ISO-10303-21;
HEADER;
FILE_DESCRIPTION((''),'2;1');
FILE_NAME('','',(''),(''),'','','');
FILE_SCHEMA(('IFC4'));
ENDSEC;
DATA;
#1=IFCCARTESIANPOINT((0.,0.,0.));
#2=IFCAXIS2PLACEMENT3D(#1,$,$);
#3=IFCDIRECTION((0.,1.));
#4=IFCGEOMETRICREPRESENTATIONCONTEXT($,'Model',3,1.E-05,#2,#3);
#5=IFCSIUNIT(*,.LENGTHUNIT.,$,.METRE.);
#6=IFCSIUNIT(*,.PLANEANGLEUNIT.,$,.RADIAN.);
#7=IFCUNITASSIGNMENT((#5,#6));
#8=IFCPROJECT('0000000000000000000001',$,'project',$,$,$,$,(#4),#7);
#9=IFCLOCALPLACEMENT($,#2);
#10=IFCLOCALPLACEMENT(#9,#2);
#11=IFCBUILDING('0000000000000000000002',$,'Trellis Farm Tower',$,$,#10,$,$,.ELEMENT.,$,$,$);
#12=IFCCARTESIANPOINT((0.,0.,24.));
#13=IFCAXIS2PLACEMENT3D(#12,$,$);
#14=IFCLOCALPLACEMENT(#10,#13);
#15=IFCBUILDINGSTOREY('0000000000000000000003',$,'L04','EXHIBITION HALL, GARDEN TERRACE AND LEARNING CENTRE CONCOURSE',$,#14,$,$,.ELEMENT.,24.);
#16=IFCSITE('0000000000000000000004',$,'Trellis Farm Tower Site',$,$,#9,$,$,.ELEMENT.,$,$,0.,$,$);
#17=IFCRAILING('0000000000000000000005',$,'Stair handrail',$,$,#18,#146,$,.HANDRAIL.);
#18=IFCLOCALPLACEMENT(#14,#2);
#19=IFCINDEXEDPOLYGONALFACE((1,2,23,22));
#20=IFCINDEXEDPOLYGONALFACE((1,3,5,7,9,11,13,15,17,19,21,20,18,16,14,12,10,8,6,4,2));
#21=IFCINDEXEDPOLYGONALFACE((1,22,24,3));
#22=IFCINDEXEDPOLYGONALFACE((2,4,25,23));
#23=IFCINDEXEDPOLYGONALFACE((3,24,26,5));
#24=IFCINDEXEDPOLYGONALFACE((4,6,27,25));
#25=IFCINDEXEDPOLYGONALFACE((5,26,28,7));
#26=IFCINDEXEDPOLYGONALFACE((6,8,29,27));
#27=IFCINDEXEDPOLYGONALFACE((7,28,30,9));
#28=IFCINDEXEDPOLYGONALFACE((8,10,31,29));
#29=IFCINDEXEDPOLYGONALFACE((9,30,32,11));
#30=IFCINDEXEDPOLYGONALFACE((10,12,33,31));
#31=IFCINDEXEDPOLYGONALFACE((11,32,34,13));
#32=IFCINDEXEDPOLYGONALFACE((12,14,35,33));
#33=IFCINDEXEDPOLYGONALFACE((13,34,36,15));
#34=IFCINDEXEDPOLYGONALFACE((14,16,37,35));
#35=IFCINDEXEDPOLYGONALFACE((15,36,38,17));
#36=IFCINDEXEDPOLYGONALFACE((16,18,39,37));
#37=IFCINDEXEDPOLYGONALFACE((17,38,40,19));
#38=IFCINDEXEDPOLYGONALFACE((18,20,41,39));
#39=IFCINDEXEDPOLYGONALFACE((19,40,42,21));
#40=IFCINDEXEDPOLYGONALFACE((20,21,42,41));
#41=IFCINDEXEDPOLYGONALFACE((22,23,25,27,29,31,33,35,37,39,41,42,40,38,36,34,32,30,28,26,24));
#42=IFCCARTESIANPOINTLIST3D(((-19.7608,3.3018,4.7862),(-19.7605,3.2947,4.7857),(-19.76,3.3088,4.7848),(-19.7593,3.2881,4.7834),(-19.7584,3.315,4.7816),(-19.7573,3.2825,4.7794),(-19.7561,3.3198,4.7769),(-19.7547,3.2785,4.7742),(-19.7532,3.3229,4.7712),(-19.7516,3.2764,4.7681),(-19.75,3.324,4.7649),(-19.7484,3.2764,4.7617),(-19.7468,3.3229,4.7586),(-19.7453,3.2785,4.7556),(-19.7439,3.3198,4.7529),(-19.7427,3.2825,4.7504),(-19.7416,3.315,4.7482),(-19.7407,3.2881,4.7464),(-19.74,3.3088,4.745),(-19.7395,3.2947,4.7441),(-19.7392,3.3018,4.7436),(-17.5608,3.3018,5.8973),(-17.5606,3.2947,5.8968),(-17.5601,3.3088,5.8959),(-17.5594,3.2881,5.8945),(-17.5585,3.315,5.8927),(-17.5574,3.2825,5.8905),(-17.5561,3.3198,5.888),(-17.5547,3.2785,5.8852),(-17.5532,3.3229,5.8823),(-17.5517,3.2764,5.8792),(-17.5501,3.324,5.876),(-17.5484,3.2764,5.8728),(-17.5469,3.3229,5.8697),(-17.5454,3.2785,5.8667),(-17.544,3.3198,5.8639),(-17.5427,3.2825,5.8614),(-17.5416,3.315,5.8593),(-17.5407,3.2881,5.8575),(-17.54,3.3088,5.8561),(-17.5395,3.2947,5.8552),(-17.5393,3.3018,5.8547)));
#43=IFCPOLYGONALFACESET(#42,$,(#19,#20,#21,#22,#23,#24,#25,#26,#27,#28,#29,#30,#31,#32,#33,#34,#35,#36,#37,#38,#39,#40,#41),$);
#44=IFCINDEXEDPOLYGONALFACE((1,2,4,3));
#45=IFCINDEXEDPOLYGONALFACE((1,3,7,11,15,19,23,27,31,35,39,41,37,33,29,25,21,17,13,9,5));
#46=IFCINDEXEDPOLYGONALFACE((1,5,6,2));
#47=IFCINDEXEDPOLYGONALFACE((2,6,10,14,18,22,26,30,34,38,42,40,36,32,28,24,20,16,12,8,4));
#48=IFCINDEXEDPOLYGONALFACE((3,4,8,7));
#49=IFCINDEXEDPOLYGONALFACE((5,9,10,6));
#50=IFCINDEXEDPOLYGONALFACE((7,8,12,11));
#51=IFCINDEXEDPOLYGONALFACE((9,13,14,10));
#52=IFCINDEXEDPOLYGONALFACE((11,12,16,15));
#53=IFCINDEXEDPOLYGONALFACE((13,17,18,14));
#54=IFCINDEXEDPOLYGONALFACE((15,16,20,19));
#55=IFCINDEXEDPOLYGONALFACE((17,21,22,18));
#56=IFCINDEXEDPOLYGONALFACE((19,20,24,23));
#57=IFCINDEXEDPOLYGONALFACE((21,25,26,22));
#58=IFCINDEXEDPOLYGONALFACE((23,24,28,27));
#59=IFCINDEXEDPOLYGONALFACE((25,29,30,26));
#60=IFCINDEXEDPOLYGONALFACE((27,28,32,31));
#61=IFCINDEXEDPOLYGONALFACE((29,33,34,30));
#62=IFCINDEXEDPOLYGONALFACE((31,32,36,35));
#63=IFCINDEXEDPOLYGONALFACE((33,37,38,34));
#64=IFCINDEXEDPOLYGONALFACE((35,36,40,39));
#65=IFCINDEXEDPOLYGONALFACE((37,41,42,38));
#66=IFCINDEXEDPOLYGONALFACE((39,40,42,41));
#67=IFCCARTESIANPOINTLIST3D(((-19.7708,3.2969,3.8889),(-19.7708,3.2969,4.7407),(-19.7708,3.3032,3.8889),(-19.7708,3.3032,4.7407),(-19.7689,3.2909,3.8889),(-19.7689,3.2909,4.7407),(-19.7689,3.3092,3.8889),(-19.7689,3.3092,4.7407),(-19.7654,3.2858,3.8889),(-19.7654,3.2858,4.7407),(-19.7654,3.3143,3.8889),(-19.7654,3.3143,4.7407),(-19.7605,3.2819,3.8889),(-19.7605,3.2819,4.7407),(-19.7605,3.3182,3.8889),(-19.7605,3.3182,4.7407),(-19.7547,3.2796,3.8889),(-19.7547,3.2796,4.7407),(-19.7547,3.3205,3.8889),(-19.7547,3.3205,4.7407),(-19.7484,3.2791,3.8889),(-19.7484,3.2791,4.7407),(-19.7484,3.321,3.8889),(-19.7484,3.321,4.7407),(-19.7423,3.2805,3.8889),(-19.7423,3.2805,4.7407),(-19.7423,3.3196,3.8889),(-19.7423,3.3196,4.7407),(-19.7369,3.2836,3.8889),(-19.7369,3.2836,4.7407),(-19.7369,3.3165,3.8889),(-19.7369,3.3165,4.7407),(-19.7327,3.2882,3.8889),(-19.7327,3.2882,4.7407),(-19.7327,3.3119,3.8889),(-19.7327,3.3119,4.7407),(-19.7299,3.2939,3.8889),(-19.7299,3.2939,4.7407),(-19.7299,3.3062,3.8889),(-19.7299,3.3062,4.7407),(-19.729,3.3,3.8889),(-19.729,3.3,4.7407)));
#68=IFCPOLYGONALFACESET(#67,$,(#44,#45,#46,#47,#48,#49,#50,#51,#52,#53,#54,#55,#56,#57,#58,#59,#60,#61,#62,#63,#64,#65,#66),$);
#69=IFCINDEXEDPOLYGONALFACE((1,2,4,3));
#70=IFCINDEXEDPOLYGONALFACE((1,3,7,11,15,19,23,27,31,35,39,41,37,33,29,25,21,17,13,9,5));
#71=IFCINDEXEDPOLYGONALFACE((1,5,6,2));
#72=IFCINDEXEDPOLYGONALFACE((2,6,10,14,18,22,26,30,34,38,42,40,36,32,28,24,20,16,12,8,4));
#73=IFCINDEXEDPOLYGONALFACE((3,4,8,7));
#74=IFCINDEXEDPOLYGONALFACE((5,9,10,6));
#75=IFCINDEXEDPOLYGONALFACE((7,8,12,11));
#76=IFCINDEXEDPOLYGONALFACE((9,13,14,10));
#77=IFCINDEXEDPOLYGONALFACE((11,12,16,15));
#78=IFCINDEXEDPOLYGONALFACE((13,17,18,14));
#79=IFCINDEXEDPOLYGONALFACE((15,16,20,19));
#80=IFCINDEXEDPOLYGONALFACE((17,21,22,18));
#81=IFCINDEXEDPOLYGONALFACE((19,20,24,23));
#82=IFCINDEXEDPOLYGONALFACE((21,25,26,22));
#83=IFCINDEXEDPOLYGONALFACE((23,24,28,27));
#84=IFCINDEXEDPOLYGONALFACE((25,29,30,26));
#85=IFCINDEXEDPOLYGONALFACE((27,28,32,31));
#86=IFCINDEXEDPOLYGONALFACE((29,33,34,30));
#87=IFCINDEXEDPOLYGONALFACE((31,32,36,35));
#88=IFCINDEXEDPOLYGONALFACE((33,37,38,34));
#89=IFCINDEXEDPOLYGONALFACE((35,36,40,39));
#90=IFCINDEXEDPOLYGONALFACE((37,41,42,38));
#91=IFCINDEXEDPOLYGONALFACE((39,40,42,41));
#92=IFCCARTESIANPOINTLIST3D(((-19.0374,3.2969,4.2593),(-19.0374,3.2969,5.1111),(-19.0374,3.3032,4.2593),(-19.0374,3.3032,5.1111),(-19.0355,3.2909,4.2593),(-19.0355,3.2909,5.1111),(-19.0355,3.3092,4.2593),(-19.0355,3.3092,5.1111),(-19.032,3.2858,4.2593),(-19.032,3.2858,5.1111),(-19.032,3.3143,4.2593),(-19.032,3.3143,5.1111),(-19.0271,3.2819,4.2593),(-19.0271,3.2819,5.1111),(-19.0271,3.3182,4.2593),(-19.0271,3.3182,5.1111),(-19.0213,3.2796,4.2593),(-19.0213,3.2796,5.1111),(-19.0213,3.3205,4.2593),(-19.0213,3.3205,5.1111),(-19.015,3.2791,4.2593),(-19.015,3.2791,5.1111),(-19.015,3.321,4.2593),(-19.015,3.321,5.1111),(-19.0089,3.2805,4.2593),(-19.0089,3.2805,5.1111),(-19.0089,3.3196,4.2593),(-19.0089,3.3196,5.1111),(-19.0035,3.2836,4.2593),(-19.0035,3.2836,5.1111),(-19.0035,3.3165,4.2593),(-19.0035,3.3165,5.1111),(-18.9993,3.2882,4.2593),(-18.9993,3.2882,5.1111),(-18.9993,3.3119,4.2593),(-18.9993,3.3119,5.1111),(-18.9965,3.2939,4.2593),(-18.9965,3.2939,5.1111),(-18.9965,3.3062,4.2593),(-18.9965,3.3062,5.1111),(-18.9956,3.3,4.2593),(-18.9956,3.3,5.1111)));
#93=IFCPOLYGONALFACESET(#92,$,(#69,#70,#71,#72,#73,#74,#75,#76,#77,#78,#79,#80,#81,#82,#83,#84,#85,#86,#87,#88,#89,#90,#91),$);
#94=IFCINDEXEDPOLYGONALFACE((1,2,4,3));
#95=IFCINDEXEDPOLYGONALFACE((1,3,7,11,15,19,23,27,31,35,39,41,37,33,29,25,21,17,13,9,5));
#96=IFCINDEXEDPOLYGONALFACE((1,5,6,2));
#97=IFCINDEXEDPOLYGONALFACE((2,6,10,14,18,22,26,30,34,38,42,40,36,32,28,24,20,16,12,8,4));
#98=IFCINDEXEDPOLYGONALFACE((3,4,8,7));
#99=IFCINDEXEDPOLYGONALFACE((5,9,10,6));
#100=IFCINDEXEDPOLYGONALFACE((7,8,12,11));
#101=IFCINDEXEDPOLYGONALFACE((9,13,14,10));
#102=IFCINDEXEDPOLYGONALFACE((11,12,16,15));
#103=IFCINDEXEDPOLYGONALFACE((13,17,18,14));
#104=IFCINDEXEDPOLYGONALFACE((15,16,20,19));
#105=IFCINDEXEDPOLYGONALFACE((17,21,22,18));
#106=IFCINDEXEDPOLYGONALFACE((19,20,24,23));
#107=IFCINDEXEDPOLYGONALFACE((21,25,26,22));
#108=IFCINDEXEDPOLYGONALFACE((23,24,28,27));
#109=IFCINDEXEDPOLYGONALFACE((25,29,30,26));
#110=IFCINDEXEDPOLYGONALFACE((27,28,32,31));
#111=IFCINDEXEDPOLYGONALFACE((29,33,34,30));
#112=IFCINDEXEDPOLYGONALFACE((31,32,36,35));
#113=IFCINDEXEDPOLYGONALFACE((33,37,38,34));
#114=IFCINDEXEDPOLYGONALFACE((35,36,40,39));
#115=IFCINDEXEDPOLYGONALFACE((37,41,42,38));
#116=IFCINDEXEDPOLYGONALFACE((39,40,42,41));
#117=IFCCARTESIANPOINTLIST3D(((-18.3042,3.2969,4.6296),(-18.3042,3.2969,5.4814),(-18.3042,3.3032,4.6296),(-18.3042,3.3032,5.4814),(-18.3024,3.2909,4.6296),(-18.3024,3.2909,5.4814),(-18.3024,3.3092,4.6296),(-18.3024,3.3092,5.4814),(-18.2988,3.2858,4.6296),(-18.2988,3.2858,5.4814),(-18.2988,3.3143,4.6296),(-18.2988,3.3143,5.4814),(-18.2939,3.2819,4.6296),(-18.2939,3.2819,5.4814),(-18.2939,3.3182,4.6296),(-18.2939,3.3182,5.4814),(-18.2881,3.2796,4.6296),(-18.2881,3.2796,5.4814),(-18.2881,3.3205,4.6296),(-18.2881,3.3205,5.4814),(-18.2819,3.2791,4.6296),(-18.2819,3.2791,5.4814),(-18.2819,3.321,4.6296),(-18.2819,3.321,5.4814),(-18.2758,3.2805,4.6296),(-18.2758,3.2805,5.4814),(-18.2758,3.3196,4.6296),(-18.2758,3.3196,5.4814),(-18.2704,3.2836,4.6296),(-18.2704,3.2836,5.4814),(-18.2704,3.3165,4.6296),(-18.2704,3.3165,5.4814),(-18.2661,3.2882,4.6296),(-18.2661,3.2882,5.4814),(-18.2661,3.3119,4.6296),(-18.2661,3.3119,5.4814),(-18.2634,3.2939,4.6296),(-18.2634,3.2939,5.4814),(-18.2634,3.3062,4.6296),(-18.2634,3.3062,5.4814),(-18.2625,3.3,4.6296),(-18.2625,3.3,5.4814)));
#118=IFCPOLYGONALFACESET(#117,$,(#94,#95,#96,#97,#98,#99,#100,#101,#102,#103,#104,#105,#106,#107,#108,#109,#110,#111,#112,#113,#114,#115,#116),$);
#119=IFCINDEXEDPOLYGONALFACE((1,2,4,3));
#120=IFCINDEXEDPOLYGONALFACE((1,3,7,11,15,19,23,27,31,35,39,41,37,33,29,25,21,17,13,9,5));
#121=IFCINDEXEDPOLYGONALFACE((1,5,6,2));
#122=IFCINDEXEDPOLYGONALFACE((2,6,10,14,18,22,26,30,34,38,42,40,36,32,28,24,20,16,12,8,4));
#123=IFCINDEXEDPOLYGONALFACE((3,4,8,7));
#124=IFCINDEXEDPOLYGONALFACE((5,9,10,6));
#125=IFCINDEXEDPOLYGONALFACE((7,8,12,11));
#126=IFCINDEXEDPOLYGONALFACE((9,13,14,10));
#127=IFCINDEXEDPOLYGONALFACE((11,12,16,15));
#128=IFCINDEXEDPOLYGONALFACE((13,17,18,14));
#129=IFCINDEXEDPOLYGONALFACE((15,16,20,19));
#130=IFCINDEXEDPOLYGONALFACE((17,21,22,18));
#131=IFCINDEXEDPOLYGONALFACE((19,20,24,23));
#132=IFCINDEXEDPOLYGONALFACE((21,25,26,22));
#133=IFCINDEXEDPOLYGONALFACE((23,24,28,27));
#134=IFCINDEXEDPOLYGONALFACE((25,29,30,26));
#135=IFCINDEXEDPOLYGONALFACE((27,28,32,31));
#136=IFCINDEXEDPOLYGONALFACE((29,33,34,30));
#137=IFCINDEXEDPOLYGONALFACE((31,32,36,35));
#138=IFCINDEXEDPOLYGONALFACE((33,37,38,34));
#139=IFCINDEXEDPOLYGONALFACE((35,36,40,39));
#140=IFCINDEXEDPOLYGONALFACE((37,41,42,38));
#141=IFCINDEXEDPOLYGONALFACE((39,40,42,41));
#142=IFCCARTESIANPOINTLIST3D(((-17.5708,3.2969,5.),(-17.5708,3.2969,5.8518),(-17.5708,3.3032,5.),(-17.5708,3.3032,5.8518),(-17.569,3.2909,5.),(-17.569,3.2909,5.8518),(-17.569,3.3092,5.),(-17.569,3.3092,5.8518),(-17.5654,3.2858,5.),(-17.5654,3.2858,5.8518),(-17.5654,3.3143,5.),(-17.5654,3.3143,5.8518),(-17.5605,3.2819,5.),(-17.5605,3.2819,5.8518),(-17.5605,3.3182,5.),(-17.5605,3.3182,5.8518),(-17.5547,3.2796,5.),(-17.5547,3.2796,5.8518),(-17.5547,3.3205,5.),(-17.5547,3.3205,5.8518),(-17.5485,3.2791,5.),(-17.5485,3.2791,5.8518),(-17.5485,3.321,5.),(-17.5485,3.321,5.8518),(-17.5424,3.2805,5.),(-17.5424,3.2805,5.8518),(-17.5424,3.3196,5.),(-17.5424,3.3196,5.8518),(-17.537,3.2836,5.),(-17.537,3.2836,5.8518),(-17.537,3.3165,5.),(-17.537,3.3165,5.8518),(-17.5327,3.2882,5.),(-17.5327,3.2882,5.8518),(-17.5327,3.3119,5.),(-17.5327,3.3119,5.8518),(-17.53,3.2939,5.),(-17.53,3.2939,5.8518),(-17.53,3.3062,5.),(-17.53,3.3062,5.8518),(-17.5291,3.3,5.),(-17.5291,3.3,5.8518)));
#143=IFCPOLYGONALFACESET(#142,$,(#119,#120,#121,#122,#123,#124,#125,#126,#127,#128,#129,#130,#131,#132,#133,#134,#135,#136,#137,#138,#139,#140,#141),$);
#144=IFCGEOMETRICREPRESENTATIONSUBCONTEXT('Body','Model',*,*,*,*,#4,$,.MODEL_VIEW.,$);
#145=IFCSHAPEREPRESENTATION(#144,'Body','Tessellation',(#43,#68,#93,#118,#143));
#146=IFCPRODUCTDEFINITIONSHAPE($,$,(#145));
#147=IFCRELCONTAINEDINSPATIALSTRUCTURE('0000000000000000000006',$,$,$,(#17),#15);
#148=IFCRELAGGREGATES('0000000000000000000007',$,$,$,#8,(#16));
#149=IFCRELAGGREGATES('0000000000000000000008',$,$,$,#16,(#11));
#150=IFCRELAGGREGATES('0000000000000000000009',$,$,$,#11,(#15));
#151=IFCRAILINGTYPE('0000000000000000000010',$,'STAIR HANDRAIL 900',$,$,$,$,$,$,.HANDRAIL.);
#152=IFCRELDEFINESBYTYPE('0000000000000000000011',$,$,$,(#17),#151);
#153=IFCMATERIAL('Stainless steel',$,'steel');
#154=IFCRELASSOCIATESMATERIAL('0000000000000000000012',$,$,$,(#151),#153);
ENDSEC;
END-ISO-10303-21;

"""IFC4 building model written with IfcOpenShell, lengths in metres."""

from ifc_helpers import new_model, si_unit, direction, frame, origin, origin_2d, place, context, subcontext, project, spatial, circle, extrude, source, transform, mapped, material, type_object, element, save


model = new_model("IFC4")

# Units and contexts
model_context = context("Model", 3, precision=1e-05, world=origin(), true_north=direction((0.0, 1.0)))
body_context = subcontext(model_context, "Body", "Model", "MODEL_VIEW")
ifc_project = project(units=[si_unit("LENGTHUNIT", "METRE"), si_unit("PLANEANGLEUNIT", "RADIAN")], contexts=[model_context])

# Site, building, storey
site_placement = place(None, origin())
site = spatial("IfcSite", under=ifc_project, at=site_placement, Name="Trellis Farm Tower Site", CompositionType="ELEMENT", RefElevation=0.0)
building_placement = place(site_placement, origin())
building = spatial("IfcBuilding", under=site, at=building_placement, Name="Trellis Farm Tower", CompositionType="ELEMENT")
storey_placement = place(building_placement, frame((0.0, 0.0, 24.0)))
storey = spatial("IfcBuildingStorey", under=building, at=storey_placement, Name="L04", Description="EXHIBITION HALL, GARDEN TERRACE AND LEARNING CENTRE CONCOURSE", CompositionType="ELEMENT", Elevation=24.0)

# Railing
ifc_material_1 = material(Name="Stainless steel", Category="steel")
railing_type = type_object("IfcRailingType", Name="STAIR HANDRAIL 900", PredefinedType="HANDRAIL", material=ifc_material_1)
shared_shape_1 = source(origin(), body_context, "Body", "SweptSolid", [
    extrude(circle(Radius=0.0239, at=origin_2d()), frame((0.0, 0.0, 0.876), z_axis=(0.892617, 0.0, 0.450816), x_axis=(0.0, 1.0, 0.0)), (0.0, 0.0, 1.0), 2.4646),
    extrude(circle(Radius=0.021, at=origin_2d()), origin(), (0.0, 0.0, 1.0), 0.8518),
    extrude(circle(Radius=0.021, at=origin_2d()), frame((0.7334, 0.0, 0.3704)), (0.0, 0.0, 1.0), 0.8518),
    extrude(circle(Radius=0.021, at=origin_2d()), frame((1.4666, 0.0, 0.7407)), (0.0, 0.0, 1.0), 0.8518),
    extrude(circle(Radius=0.021, at=origin_2d()), frame((2.2, 0.0, 1.1111)), (0.0, 0.0, 1.0), 0.8518),
])
for number, where, name in (
    (1, (-19.75, 3.3, 3.8889), "Stair handrail"),
):
    element("IfcRailing", number, at=place(storey_placement, frame(where)), inside=storey, type_object=railing_type, Name=name, PredefinedType="HANDRAIL", context=body_context, shape_type="MappedRepresentation", body=[
        mapped(shared_shape_1, transform((0.0, 0.0, 0.0))),
    ])

save(model, "model.ifc")
